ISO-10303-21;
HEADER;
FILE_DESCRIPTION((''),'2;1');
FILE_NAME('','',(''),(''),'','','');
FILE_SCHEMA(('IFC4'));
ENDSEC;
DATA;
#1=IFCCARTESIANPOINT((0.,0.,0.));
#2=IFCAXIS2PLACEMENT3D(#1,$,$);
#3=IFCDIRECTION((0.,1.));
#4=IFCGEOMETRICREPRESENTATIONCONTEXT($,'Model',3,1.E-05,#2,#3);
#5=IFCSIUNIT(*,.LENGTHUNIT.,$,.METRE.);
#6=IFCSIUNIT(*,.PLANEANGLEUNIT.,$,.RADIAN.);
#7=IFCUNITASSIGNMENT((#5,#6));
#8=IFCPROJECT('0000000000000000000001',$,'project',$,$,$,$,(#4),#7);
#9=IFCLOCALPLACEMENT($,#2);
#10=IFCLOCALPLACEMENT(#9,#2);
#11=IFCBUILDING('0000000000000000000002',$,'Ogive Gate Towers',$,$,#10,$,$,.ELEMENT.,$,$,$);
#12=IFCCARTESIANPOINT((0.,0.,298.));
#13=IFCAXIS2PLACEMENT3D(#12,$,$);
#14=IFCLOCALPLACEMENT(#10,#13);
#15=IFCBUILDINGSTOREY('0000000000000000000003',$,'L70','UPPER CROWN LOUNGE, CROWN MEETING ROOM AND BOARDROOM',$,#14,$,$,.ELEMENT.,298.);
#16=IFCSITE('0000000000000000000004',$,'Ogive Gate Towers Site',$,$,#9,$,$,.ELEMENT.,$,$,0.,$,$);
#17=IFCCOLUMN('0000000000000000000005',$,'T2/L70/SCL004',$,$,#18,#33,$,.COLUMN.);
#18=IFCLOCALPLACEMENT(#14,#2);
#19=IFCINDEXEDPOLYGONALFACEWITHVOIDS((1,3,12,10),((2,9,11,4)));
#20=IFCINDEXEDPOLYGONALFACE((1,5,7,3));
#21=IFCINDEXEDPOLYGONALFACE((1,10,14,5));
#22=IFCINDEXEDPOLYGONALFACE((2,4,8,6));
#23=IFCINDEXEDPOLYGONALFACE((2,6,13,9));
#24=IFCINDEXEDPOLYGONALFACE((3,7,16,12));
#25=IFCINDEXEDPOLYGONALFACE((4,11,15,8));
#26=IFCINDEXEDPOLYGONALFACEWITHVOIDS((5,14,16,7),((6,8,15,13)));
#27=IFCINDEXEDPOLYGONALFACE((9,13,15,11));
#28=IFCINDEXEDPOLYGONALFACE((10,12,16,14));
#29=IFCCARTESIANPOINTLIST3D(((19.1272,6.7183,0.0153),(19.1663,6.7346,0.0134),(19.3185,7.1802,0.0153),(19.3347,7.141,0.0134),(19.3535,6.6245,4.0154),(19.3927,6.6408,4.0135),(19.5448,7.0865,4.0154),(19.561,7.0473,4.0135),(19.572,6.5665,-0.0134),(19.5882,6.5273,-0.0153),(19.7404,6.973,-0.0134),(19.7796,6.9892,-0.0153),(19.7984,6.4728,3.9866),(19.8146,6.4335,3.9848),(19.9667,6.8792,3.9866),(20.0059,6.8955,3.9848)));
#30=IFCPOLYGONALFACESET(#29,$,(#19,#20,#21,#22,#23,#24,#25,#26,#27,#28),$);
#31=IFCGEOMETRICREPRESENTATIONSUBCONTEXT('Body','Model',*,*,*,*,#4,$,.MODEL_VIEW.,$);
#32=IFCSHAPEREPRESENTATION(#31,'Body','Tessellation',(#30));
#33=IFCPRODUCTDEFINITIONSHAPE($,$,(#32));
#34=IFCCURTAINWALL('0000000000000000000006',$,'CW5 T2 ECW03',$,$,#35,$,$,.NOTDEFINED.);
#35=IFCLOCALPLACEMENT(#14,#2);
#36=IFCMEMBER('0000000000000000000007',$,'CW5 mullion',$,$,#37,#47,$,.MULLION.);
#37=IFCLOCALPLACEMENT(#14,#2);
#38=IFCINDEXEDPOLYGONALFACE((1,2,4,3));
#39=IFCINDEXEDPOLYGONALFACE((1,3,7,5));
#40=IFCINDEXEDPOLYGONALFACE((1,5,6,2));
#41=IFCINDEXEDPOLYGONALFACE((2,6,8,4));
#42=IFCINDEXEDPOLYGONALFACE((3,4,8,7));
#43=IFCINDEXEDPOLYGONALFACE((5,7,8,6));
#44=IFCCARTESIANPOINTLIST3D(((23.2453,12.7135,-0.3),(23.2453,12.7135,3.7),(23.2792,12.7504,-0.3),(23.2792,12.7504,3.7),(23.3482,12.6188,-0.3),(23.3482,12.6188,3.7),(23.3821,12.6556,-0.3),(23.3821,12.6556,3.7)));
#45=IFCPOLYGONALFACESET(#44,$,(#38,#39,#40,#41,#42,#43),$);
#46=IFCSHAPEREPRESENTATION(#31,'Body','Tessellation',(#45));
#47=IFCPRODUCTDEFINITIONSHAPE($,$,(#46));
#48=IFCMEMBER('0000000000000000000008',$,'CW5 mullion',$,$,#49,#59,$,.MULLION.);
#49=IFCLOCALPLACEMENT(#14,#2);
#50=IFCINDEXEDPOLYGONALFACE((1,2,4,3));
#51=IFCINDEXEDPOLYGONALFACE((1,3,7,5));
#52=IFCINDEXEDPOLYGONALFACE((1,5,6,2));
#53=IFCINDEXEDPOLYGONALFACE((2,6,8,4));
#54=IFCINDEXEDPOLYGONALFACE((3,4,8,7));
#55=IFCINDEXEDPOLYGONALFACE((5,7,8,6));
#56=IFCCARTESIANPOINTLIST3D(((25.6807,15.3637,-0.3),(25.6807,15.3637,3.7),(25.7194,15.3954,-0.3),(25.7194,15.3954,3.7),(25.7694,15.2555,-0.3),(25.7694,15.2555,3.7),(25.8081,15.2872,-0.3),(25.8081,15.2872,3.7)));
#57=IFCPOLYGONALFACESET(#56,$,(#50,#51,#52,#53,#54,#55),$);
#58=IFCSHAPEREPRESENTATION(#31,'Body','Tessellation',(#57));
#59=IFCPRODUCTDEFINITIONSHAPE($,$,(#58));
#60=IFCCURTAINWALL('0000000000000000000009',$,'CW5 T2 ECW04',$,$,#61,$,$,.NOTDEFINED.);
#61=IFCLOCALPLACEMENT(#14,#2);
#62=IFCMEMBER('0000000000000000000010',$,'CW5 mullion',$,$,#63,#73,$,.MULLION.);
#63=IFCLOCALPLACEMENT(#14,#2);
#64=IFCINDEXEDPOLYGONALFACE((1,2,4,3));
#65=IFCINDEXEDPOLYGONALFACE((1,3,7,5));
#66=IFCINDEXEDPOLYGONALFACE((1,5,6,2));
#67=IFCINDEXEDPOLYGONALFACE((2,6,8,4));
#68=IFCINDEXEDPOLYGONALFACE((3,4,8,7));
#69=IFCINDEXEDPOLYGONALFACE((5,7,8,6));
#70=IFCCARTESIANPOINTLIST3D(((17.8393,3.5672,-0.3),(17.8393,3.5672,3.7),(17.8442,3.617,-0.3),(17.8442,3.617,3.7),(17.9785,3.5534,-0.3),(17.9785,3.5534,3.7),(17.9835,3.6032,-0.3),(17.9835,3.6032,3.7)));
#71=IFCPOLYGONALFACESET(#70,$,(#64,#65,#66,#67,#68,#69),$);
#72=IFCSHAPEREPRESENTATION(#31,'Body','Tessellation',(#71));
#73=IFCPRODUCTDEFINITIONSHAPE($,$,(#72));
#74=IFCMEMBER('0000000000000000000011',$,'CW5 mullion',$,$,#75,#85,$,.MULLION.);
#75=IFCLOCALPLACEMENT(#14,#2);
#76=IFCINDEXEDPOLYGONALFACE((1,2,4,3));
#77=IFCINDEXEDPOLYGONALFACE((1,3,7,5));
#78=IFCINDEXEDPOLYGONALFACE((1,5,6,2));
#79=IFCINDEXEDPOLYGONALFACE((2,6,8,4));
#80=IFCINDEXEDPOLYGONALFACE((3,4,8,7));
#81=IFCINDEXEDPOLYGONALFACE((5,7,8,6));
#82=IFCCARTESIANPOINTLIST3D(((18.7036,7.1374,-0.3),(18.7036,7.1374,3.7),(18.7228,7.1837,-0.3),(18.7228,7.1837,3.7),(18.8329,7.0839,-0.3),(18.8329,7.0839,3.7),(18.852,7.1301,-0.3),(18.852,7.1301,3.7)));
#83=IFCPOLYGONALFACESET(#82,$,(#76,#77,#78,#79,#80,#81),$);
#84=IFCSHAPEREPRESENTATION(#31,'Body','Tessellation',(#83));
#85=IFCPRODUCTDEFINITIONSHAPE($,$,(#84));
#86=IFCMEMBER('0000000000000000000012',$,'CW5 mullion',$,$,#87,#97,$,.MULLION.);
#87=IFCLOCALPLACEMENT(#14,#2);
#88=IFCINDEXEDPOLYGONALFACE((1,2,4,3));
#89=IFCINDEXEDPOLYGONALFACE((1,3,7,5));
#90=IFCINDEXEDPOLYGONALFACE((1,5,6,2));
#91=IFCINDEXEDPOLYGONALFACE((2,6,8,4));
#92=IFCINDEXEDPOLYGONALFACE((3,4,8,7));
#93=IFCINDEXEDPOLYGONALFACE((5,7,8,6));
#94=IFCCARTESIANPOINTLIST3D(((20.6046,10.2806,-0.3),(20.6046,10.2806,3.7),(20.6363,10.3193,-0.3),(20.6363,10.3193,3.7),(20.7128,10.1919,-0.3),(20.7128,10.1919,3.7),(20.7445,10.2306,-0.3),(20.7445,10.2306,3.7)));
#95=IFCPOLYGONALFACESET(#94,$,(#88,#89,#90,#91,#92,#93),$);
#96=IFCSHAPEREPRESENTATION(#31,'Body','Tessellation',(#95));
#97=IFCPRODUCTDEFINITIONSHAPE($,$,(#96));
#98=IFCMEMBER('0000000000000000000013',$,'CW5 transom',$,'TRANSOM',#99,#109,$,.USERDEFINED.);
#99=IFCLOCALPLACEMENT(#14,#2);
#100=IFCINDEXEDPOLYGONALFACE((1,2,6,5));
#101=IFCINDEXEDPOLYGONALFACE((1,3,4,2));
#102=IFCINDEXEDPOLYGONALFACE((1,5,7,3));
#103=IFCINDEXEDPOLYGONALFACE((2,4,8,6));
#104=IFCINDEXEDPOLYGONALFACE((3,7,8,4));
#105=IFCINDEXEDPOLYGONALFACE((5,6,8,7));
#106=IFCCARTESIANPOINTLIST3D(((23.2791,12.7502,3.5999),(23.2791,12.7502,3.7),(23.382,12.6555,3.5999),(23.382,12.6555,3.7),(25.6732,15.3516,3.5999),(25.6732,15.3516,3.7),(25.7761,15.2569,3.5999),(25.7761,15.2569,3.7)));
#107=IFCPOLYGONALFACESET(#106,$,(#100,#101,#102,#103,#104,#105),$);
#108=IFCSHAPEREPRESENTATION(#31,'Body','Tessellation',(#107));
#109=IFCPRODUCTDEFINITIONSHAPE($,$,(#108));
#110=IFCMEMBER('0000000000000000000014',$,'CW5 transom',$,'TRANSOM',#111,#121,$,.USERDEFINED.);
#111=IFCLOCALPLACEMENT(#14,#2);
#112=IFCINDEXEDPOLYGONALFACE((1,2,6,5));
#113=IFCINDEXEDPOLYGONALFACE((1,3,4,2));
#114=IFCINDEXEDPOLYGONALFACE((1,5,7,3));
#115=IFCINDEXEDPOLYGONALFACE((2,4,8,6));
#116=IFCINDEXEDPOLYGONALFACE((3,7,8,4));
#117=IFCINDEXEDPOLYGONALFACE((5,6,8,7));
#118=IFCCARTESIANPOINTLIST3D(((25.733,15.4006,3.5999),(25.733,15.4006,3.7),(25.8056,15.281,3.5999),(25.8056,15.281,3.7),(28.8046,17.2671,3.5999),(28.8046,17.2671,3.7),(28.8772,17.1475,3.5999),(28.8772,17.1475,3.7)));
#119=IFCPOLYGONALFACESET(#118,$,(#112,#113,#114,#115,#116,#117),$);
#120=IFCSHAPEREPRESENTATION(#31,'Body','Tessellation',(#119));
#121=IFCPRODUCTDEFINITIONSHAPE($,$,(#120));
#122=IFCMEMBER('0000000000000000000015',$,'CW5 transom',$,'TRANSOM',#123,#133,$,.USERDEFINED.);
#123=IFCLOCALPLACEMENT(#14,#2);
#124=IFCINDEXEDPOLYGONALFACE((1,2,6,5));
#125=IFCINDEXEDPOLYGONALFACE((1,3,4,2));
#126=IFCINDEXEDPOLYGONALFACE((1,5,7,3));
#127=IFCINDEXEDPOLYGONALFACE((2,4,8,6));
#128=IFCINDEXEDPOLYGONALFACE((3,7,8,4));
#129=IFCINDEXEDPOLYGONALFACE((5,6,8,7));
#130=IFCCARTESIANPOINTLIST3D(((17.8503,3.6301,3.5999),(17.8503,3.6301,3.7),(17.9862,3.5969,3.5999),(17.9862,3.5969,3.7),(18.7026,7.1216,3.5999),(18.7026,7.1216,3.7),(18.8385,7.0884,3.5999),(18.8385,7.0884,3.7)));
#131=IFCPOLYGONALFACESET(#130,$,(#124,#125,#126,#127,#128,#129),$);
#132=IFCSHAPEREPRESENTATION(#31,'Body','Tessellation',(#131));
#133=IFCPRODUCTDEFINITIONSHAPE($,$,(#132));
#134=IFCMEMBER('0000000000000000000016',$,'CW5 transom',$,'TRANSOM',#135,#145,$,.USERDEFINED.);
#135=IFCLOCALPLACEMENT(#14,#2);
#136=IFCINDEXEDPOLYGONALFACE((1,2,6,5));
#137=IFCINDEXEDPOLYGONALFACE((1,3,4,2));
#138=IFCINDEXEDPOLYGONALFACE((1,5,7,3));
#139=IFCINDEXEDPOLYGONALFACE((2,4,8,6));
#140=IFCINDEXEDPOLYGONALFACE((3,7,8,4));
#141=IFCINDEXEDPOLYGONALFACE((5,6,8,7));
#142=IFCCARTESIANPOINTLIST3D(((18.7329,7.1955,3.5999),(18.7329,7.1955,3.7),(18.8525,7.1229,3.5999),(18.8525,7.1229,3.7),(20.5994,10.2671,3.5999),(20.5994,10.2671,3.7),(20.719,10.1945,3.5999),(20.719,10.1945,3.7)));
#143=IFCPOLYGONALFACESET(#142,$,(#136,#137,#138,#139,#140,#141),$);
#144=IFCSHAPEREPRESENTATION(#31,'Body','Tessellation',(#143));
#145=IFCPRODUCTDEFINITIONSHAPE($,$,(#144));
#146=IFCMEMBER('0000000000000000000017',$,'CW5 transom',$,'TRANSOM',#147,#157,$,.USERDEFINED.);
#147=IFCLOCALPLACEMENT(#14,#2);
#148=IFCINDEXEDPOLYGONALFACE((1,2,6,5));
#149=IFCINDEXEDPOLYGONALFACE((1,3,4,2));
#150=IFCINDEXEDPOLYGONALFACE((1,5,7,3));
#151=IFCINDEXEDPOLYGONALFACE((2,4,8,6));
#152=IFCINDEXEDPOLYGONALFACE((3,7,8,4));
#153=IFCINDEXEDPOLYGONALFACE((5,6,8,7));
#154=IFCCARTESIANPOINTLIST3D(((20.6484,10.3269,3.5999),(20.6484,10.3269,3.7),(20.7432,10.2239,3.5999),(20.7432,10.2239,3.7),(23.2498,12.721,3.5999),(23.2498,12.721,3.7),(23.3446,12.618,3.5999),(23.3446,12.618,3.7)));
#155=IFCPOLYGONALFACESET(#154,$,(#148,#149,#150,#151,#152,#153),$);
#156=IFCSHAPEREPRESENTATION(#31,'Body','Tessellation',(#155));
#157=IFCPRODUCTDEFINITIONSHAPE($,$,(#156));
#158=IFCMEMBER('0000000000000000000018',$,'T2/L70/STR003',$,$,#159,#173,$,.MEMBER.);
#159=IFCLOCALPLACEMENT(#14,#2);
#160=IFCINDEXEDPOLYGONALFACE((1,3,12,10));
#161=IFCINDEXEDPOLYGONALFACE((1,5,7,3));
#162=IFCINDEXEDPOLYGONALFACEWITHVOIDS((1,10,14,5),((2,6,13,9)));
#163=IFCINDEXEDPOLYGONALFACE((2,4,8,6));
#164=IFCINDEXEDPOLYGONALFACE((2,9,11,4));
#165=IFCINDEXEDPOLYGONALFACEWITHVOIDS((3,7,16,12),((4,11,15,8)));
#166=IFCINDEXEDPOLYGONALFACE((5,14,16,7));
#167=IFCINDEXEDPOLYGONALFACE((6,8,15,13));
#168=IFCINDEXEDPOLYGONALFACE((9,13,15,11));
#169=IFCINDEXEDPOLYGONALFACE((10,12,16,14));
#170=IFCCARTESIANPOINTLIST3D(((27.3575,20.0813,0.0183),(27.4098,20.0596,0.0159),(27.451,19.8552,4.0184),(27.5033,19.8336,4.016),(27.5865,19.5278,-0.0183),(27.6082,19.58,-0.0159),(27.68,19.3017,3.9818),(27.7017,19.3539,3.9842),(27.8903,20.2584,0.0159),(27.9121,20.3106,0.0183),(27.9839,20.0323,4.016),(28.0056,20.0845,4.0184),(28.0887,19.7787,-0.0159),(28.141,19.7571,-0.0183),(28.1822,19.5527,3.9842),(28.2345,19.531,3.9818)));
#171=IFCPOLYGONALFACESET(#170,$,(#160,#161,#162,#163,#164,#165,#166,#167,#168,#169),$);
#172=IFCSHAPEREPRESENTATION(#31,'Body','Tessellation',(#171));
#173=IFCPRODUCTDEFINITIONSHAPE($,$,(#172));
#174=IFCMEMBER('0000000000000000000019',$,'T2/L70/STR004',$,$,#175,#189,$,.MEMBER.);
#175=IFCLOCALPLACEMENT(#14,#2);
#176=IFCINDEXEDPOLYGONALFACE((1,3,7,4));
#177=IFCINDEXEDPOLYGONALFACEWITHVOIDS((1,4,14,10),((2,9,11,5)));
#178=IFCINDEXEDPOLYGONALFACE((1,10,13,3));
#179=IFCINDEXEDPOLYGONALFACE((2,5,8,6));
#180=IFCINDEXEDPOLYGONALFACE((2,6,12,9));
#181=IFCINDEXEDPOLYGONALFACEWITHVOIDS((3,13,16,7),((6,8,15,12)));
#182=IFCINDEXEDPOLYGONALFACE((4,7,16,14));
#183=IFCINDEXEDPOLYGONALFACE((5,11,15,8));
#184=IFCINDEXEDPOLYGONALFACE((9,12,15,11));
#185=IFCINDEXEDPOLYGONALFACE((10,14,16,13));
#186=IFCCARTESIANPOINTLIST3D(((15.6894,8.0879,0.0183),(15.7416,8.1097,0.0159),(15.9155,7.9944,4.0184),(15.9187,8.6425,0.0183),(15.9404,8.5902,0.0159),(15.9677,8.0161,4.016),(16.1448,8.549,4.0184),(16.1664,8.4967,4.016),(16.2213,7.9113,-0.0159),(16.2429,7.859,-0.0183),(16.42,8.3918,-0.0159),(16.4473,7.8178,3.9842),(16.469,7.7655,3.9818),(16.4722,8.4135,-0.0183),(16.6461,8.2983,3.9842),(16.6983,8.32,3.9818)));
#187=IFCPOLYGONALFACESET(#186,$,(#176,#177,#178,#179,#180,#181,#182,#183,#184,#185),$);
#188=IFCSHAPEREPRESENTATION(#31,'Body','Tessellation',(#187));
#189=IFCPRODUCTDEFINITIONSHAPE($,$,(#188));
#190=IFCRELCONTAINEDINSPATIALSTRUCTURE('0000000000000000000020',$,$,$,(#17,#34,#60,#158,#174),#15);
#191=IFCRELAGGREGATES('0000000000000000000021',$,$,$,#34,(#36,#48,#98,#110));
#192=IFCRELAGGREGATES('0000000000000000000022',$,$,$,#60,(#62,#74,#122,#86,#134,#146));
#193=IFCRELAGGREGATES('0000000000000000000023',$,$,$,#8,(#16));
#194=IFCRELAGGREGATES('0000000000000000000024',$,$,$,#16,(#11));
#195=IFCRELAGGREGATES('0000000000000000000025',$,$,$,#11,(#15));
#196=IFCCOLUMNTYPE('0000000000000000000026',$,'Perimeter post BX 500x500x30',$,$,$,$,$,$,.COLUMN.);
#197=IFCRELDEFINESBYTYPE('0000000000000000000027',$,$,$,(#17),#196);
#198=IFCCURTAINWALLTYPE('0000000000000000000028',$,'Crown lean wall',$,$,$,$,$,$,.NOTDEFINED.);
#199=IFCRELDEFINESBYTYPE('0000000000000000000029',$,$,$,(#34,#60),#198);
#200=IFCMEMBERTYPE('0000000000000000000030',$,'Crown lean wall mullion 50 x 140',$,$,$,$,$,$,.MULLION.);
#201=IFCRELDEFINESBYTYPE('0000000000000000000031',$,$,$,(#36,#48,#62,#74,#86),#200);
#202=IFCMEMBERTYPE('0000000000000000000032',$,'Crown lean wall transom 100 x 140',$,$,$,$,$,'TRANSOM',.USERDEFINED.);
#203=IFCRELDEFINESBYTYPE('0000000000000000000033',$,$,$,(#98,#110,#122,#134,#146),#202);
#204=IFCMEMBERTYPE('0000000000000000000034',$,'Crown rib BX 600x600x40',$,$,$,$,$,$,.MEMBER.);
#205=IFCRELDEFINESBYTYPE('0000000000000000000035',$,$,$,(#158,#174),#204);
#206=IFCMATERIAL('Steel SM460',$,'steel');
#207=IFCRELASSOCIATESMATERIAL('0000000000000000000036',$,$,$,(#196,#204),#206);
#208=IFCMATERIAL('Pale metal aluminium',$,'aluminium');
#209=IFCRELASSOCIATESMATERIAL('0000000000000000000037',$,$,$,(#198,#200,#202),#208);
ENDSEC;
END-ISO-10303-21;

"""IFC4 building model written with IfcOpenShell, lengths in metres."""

from ifc_helpers import new_model, si_unit, direction, frame, origin, origin_2d, place, context, subcontext, project, spatial, rectangle, hollow_rectangle, extrude, material, material_profile, profile_set, type_object, element, aggregate, save


model = new_model("IFC4")

# Units and contexts
model_context = context("Model", 3, precision=1e-05, world=origin(), true_north=direction((0.0, 1.0)))
body_context = subcontext(model_context, "Body", "Model", "MODEL_VIEW")
ifc_project = project(units=[si_unit("LENGTHUNIT", "METRE"), si_unit("PLANEANGLEUNIT", "RADIAN")], contexts=[model_context])

# Site, building, storey
site_placement = place(None, origin())
site = spatial("IfcSite", under=ifc_project, at=site_placement, Name="Ogive Gate Towers Site", CompositionType="ELEMENT", RefElevation=0.0)
building_placement = place(site_placement, origin())
building = spatial("IfcBuilding", under=site, at=building_placement, Name="Ogive Gate Towers", CompositionType="ELEMENT")
storey_placement = place(building_placement, frame((0.0, 0.0, 298.0)))
storey = spatial("IfcBuildingStorey", under=building, at=storey_placement, Name="L70", Description="UPPER CROWN LOUNGE, CROWN MEETING ROOM AND BOARDROOM", CompositionType="ELEMENT", Elevation=298.0)

# Column
ifc_material_1 = material(Name="Steel SM460", Category="steel")
ifc_material_profile_1 = material_profile(ifc_material_1, hollow_rectangle(XDim=0.5, YDim=0.5, WallThickness=0.03, at=origin_2d()), Name="BX 500x500x30")
ifc_profile_set_1 = profile_set([ifc_material_profile_1], Name="Steel SM460")
column_type = type_object("IfcColumnType", Name="Perimeter post BX 500x500x30", PredefinedType="COLUMN", material=ifc_profile_set_1)
column_placement = place(storey_placement, frame((19.4534, 6.8538, 0.0), z_axis=(0.056474, -0.023394, 0.99813), x_axis=(0.382704, 0.923871, 0.0)))
element("IfcColumn", 1, at=column_placement, inside=storey, type_object=column_type, Name="T2/L70/SCL004", PredefinedType="COLUMN", context=body_context, shape_type="SweptSolid", body=[
    extrude(hollow_rectangle(XDim=0.5, YDim=0.5, WallThickness=0.03, at=origin_2d()), origin(), (0.0, 0.0, 1.0), 4.0076),
])

# Curtain walls, members
ifc_material_2 = material(Name="Pale metal aluminium", Category="aluminium")
curtain_wall_type = type_object("IfcCurtainWallType", Name="Crown lean wall", PredefinedType="NOTDEFINED", material=ifc_material_2)
curtain_wall_1_placement = place(storey_placement, origin())
curtain_wall_1 = element("IfcCurtainWall", 2, at=curtain_wall_1_placement, inside=storey, type_object=curtain_wall_type, Name="CW5 T2 ECW03", PredefinedType="NOTDEFINED")
ifc_material_profile_2 = material_profile(ifc_material_2, rectangle(XDim=0.1399, YDim=0.05, at=origin_2d()), Name="50 x 140 aluminium box")
ifc_profile_set_2 = profile_set([ifc_material_profile_2], Name="Pale metal aluminium")
member_type_1 = type_object("IfcMemberType", Name="Crown lean wall mullion 50 x 140", PredefinedType="MULLION", material=ifc_profile_set_2)
member_1_placement = place(storey_placement, frame((23.3137, 12.6846, -0.3), z_axis=(0.0, 0.0, 1.0), x_axis=(0.735813, -0.677184, 0.0)))
member_1 = element("IfcMember", 3, at=member_1_placement, type_object=member_type_1, Name="CW5 mullion", PredefinedType="MULLION", context=body_context, shape_type="SweptSolid", body=[
    extrude(rectangle(XDim=0.1399, YDim=0.05, at=origin_2d()), origin(), (0.0, 0.0, 1.0), 4.0),
])
member_2_placement = place(storey_placement, frame((25.7444, 15.3254, -0.3), z_axis=(0.0, 0.0, 1.0), x_axis=(0.633772, -0.77352, 0.0)))
member_2 = element("IfcMember", 4, at=member_2_placement, type_object=member_type_1, Name="CW5 mullion", PredefinedType="MULLION", context=body_context, shape_type="SweptSolid", body=[
    extrude(rectangle(XDim=0.1399, YDim=0.05, at=origin_2d()), origin(), (0.0, 0.0, 1.0), 4.0),
])
curtain_wall_2_placement = place(storey_placement, origin())
curtain_wall_2 = element("IfcCurtainWall", 5, at=curtain_wall_2_placement, inside=storey, type_object=curtain_wall_type, Name="CW5 T2 ECW04", PredefinedType="NOTDEFINED")
member_3_placement = place(storey_placement, frame((17.9114, 3.5852, -0.3), z_axis=(0.0, 0.0, 1.0), x_axis=(0.995104, -0.098833, 0.0)))
member_3 = element("IfcMember", 6, at=member_3_placement, type_object=member_type_1, Name="CW5 mullion", PredefinedType="MULLION", context=body_context, shape_type="SweptSolid", body=[
    extrude(rectangle(XDim=0.1399, YDim=0.05, at=origin_2d()), origin(), (0.0, 0.0, 1.0), 4.0),
])
member_4_placement = place(storey_placement, frame((18.7778, 7.1338, -0.3), z_axis=(0.0, 0.0, 1.0), x_axis=(0.92388, -0.382683, 0.0)))
member_4 = element("IfcMember", 7, at=member_4_placement, type_object=member_type_1, Name="CW5 mullion", PredefinedType="MULLION", context=body_context, shape_type="SweptSolid", body=[
    extrude(rectangle(XDim=0.1399, YDim=0.05, at=origin_2d()), origin(), (0.0, 0.0, 1.0), 4.0),
])
member_5_placement = place(storey_placement, frame((20.6746, 10.2556, -0.3), z_axis=(0.0, 0.0, 1.0), x_axis=(0.77352, -0.633772, 0.0)))
member_5 = element("IfcMember", 8, at=member_5_placement, type_object=member_type_1, Name="CW5 mullion", PredefinedType="MULLION", context=body_context, shape_type="SweptSolid", body=[
    extrude(rectangle(XDim=0.1399, YDim=0.05, at=origin_2d()), origin(), (0.0, 0.0, 1.0), 4.0),
])

# Members
ifc_material_profile_3 = material_profile(ifc_material_2, rectangle(XDim=0.1399, YDim=0.1001, at=origin_2d()), Name="100 x 140 aluminium box")
ifc_profile_set_3 = profile_set([ifc_material_profile_3], Name="Pale metal aluminium")
member_type_2 = type_object("IfcMemberType", Name="Crown lean wall transom 100 x 140", ElementType="TRANSOM", PredefinedType="USERDEFINED", material=ifc_profile_set_3)
member_6_placement = place(storey_placement, frame((23.3306, 12.7029, 3.6499), z_axis=(0.677184, 0.735814, 0.0), x_axis=(-0.735814, 0.677184, 0.0)))
member_6 = element("IfcMember", 9, at=member_6_placement, type_object=member_type_2, Name="CW5 transom", ObjectType="TRANSOM", PredefinedType="USERDEFINED", context=body_context, shape_type="SweptSolid", body=[
    extrude(rectangle(XDim=0.1399, YDim=0.1001, at=origin_2d()), origin(), (0.0, 0.0, 1.0), 3.5354),
])
member_7_placement = place(storey_placement, frame((25.7693, 15.3408, 3.6499), z_axis=(0.854591, 0.519302, 0.0), x_axis=(-0.519302, 0.854591, 0.0)))
member_7 = element("IfcMember", 10, at=member_7_placement, type_object=member_type_2, Name="CW5 transom", ObjectType="TRANSOM", PredefinedType="USERDEFINED", context=body_context, shape_type="SweptSolid", body=[
    extrude(rectangle(XDim=0.1399, YDim=0.1001, at=origin_2d()), origin(), (0.0, 0.0, 1.0), 3.5942),
])
member_8_placement = place(storey_placement, frame((17.9182, 3.6135, 3.6499), z_axis=(0.237145, 0.971474, 0.0), x_axis=(-0.971474, 0.237145, 0.0)))
member_8 = element("IfcMember", 11, at=member_8_placement, type_object=member_type_2, Name="CW5 transom", ObjectType="TRANSOM", PredefinedType="USERDEFINED", context=body_context, shape_type="SweptSolid", body=[
    extrude(rectangle(XDim=0.1399, YDim=0.1001, at=origin_2d()), origin(), (0.0, 0.0, 1.0), 3.594),
])
member_9_placement = place(storey_placement, frame((18.7927, 7.1592, 3.6499), z_axis=(0.519302, 0.854591, 0.0), x_axis=(-0.854591, 0.519302, 0.0)))
member_9 = element("IfcMember", 12, at=member_9_placement, type_object=member_type_2, Name="CW5 transom", ObjectType="TRANSOM", PredefinedType="USERDEFINED", context=body_context, shape_type="SweptSolid", body=[
    extrude(rectangle(XDim=0.1399, YDim=0.1001, at=origin_2d()), origin(), (0.0, 0.0, 1.0), 3.5942),
])
member_10_placement = place(storey_placement, frame((20.6958, 10.2754, 3.6499), z_axis=(0.735814, 0.677184, 0.0), x_axis=(-0.677184, 0.735814, 0.0)))
member_10 = element("IfcMember", 13, at=member_10_placement, type_object=member_type_2, Name="CW5 transom", ObjectType="TRANSOM", PredefinedType="USERDEFINED", context=body_context, shape_type="SweptSolid", body=[
    extrude(rectangle(XDim=0.1399, YDim=0.1001, at=origin_2d()), origin(), (0.0, 0.0, 1.0), 3.5354),
])

# Members
ifc_material_profile_4 = material_profile(ifc_material_1, hollow_rectangle(XDim=0.6001, YDim=0.6001, WallThickness=0.04, at=origin_2d()), Name="BX 600x600x40")
ifc_profile_set_4 = profile_set([ifc_material_profile_4], Name="Steel SM460")
member_type_3 = type_object("IfcMemberType", Name="Crown rib BX 600x600x40", PredefinedType="MEMBER", material=ifc_profile_set_4)
for number, where, z_axis, x_axis, name in (
    (14, (27.7493, 19.9192, 0.0), (0.023333, -0.056413, 0.998135), (0.924078, 0.382205, 0.0), "T2/L70/STR003"),
    (15, (16.0808, 8.2507, 0.0), (0.056413, -0.023333, 0.998135), (0.382205, 0.924078, 0.0), "T2/L70/STR004"),
):
    element("IfcMember", number, at=place(storey_placement, frame(where, z_axis=z_axis, x_axis=x_axis)), inside=storey, type_object=member_type_3, Name=name, PredefinedType="MEMBER", context=body_context, shape_type="SweptSolid", body=[
        extrude(hollow_rectangle(XDim=0.6001, YDim=0.6001, WallThickness=0.04, at=origin_2d()), origin(), (0.0, 0.0, 1.0), 4.0076),
    ])

aggregate(curtain_wall_1, [member_1, member_2, member_6, member_7])
aggregate(curtain_wall_2, [member_3, member_4, member_8, member_5, member_9, member_10])

save(model, "model.ifc")
